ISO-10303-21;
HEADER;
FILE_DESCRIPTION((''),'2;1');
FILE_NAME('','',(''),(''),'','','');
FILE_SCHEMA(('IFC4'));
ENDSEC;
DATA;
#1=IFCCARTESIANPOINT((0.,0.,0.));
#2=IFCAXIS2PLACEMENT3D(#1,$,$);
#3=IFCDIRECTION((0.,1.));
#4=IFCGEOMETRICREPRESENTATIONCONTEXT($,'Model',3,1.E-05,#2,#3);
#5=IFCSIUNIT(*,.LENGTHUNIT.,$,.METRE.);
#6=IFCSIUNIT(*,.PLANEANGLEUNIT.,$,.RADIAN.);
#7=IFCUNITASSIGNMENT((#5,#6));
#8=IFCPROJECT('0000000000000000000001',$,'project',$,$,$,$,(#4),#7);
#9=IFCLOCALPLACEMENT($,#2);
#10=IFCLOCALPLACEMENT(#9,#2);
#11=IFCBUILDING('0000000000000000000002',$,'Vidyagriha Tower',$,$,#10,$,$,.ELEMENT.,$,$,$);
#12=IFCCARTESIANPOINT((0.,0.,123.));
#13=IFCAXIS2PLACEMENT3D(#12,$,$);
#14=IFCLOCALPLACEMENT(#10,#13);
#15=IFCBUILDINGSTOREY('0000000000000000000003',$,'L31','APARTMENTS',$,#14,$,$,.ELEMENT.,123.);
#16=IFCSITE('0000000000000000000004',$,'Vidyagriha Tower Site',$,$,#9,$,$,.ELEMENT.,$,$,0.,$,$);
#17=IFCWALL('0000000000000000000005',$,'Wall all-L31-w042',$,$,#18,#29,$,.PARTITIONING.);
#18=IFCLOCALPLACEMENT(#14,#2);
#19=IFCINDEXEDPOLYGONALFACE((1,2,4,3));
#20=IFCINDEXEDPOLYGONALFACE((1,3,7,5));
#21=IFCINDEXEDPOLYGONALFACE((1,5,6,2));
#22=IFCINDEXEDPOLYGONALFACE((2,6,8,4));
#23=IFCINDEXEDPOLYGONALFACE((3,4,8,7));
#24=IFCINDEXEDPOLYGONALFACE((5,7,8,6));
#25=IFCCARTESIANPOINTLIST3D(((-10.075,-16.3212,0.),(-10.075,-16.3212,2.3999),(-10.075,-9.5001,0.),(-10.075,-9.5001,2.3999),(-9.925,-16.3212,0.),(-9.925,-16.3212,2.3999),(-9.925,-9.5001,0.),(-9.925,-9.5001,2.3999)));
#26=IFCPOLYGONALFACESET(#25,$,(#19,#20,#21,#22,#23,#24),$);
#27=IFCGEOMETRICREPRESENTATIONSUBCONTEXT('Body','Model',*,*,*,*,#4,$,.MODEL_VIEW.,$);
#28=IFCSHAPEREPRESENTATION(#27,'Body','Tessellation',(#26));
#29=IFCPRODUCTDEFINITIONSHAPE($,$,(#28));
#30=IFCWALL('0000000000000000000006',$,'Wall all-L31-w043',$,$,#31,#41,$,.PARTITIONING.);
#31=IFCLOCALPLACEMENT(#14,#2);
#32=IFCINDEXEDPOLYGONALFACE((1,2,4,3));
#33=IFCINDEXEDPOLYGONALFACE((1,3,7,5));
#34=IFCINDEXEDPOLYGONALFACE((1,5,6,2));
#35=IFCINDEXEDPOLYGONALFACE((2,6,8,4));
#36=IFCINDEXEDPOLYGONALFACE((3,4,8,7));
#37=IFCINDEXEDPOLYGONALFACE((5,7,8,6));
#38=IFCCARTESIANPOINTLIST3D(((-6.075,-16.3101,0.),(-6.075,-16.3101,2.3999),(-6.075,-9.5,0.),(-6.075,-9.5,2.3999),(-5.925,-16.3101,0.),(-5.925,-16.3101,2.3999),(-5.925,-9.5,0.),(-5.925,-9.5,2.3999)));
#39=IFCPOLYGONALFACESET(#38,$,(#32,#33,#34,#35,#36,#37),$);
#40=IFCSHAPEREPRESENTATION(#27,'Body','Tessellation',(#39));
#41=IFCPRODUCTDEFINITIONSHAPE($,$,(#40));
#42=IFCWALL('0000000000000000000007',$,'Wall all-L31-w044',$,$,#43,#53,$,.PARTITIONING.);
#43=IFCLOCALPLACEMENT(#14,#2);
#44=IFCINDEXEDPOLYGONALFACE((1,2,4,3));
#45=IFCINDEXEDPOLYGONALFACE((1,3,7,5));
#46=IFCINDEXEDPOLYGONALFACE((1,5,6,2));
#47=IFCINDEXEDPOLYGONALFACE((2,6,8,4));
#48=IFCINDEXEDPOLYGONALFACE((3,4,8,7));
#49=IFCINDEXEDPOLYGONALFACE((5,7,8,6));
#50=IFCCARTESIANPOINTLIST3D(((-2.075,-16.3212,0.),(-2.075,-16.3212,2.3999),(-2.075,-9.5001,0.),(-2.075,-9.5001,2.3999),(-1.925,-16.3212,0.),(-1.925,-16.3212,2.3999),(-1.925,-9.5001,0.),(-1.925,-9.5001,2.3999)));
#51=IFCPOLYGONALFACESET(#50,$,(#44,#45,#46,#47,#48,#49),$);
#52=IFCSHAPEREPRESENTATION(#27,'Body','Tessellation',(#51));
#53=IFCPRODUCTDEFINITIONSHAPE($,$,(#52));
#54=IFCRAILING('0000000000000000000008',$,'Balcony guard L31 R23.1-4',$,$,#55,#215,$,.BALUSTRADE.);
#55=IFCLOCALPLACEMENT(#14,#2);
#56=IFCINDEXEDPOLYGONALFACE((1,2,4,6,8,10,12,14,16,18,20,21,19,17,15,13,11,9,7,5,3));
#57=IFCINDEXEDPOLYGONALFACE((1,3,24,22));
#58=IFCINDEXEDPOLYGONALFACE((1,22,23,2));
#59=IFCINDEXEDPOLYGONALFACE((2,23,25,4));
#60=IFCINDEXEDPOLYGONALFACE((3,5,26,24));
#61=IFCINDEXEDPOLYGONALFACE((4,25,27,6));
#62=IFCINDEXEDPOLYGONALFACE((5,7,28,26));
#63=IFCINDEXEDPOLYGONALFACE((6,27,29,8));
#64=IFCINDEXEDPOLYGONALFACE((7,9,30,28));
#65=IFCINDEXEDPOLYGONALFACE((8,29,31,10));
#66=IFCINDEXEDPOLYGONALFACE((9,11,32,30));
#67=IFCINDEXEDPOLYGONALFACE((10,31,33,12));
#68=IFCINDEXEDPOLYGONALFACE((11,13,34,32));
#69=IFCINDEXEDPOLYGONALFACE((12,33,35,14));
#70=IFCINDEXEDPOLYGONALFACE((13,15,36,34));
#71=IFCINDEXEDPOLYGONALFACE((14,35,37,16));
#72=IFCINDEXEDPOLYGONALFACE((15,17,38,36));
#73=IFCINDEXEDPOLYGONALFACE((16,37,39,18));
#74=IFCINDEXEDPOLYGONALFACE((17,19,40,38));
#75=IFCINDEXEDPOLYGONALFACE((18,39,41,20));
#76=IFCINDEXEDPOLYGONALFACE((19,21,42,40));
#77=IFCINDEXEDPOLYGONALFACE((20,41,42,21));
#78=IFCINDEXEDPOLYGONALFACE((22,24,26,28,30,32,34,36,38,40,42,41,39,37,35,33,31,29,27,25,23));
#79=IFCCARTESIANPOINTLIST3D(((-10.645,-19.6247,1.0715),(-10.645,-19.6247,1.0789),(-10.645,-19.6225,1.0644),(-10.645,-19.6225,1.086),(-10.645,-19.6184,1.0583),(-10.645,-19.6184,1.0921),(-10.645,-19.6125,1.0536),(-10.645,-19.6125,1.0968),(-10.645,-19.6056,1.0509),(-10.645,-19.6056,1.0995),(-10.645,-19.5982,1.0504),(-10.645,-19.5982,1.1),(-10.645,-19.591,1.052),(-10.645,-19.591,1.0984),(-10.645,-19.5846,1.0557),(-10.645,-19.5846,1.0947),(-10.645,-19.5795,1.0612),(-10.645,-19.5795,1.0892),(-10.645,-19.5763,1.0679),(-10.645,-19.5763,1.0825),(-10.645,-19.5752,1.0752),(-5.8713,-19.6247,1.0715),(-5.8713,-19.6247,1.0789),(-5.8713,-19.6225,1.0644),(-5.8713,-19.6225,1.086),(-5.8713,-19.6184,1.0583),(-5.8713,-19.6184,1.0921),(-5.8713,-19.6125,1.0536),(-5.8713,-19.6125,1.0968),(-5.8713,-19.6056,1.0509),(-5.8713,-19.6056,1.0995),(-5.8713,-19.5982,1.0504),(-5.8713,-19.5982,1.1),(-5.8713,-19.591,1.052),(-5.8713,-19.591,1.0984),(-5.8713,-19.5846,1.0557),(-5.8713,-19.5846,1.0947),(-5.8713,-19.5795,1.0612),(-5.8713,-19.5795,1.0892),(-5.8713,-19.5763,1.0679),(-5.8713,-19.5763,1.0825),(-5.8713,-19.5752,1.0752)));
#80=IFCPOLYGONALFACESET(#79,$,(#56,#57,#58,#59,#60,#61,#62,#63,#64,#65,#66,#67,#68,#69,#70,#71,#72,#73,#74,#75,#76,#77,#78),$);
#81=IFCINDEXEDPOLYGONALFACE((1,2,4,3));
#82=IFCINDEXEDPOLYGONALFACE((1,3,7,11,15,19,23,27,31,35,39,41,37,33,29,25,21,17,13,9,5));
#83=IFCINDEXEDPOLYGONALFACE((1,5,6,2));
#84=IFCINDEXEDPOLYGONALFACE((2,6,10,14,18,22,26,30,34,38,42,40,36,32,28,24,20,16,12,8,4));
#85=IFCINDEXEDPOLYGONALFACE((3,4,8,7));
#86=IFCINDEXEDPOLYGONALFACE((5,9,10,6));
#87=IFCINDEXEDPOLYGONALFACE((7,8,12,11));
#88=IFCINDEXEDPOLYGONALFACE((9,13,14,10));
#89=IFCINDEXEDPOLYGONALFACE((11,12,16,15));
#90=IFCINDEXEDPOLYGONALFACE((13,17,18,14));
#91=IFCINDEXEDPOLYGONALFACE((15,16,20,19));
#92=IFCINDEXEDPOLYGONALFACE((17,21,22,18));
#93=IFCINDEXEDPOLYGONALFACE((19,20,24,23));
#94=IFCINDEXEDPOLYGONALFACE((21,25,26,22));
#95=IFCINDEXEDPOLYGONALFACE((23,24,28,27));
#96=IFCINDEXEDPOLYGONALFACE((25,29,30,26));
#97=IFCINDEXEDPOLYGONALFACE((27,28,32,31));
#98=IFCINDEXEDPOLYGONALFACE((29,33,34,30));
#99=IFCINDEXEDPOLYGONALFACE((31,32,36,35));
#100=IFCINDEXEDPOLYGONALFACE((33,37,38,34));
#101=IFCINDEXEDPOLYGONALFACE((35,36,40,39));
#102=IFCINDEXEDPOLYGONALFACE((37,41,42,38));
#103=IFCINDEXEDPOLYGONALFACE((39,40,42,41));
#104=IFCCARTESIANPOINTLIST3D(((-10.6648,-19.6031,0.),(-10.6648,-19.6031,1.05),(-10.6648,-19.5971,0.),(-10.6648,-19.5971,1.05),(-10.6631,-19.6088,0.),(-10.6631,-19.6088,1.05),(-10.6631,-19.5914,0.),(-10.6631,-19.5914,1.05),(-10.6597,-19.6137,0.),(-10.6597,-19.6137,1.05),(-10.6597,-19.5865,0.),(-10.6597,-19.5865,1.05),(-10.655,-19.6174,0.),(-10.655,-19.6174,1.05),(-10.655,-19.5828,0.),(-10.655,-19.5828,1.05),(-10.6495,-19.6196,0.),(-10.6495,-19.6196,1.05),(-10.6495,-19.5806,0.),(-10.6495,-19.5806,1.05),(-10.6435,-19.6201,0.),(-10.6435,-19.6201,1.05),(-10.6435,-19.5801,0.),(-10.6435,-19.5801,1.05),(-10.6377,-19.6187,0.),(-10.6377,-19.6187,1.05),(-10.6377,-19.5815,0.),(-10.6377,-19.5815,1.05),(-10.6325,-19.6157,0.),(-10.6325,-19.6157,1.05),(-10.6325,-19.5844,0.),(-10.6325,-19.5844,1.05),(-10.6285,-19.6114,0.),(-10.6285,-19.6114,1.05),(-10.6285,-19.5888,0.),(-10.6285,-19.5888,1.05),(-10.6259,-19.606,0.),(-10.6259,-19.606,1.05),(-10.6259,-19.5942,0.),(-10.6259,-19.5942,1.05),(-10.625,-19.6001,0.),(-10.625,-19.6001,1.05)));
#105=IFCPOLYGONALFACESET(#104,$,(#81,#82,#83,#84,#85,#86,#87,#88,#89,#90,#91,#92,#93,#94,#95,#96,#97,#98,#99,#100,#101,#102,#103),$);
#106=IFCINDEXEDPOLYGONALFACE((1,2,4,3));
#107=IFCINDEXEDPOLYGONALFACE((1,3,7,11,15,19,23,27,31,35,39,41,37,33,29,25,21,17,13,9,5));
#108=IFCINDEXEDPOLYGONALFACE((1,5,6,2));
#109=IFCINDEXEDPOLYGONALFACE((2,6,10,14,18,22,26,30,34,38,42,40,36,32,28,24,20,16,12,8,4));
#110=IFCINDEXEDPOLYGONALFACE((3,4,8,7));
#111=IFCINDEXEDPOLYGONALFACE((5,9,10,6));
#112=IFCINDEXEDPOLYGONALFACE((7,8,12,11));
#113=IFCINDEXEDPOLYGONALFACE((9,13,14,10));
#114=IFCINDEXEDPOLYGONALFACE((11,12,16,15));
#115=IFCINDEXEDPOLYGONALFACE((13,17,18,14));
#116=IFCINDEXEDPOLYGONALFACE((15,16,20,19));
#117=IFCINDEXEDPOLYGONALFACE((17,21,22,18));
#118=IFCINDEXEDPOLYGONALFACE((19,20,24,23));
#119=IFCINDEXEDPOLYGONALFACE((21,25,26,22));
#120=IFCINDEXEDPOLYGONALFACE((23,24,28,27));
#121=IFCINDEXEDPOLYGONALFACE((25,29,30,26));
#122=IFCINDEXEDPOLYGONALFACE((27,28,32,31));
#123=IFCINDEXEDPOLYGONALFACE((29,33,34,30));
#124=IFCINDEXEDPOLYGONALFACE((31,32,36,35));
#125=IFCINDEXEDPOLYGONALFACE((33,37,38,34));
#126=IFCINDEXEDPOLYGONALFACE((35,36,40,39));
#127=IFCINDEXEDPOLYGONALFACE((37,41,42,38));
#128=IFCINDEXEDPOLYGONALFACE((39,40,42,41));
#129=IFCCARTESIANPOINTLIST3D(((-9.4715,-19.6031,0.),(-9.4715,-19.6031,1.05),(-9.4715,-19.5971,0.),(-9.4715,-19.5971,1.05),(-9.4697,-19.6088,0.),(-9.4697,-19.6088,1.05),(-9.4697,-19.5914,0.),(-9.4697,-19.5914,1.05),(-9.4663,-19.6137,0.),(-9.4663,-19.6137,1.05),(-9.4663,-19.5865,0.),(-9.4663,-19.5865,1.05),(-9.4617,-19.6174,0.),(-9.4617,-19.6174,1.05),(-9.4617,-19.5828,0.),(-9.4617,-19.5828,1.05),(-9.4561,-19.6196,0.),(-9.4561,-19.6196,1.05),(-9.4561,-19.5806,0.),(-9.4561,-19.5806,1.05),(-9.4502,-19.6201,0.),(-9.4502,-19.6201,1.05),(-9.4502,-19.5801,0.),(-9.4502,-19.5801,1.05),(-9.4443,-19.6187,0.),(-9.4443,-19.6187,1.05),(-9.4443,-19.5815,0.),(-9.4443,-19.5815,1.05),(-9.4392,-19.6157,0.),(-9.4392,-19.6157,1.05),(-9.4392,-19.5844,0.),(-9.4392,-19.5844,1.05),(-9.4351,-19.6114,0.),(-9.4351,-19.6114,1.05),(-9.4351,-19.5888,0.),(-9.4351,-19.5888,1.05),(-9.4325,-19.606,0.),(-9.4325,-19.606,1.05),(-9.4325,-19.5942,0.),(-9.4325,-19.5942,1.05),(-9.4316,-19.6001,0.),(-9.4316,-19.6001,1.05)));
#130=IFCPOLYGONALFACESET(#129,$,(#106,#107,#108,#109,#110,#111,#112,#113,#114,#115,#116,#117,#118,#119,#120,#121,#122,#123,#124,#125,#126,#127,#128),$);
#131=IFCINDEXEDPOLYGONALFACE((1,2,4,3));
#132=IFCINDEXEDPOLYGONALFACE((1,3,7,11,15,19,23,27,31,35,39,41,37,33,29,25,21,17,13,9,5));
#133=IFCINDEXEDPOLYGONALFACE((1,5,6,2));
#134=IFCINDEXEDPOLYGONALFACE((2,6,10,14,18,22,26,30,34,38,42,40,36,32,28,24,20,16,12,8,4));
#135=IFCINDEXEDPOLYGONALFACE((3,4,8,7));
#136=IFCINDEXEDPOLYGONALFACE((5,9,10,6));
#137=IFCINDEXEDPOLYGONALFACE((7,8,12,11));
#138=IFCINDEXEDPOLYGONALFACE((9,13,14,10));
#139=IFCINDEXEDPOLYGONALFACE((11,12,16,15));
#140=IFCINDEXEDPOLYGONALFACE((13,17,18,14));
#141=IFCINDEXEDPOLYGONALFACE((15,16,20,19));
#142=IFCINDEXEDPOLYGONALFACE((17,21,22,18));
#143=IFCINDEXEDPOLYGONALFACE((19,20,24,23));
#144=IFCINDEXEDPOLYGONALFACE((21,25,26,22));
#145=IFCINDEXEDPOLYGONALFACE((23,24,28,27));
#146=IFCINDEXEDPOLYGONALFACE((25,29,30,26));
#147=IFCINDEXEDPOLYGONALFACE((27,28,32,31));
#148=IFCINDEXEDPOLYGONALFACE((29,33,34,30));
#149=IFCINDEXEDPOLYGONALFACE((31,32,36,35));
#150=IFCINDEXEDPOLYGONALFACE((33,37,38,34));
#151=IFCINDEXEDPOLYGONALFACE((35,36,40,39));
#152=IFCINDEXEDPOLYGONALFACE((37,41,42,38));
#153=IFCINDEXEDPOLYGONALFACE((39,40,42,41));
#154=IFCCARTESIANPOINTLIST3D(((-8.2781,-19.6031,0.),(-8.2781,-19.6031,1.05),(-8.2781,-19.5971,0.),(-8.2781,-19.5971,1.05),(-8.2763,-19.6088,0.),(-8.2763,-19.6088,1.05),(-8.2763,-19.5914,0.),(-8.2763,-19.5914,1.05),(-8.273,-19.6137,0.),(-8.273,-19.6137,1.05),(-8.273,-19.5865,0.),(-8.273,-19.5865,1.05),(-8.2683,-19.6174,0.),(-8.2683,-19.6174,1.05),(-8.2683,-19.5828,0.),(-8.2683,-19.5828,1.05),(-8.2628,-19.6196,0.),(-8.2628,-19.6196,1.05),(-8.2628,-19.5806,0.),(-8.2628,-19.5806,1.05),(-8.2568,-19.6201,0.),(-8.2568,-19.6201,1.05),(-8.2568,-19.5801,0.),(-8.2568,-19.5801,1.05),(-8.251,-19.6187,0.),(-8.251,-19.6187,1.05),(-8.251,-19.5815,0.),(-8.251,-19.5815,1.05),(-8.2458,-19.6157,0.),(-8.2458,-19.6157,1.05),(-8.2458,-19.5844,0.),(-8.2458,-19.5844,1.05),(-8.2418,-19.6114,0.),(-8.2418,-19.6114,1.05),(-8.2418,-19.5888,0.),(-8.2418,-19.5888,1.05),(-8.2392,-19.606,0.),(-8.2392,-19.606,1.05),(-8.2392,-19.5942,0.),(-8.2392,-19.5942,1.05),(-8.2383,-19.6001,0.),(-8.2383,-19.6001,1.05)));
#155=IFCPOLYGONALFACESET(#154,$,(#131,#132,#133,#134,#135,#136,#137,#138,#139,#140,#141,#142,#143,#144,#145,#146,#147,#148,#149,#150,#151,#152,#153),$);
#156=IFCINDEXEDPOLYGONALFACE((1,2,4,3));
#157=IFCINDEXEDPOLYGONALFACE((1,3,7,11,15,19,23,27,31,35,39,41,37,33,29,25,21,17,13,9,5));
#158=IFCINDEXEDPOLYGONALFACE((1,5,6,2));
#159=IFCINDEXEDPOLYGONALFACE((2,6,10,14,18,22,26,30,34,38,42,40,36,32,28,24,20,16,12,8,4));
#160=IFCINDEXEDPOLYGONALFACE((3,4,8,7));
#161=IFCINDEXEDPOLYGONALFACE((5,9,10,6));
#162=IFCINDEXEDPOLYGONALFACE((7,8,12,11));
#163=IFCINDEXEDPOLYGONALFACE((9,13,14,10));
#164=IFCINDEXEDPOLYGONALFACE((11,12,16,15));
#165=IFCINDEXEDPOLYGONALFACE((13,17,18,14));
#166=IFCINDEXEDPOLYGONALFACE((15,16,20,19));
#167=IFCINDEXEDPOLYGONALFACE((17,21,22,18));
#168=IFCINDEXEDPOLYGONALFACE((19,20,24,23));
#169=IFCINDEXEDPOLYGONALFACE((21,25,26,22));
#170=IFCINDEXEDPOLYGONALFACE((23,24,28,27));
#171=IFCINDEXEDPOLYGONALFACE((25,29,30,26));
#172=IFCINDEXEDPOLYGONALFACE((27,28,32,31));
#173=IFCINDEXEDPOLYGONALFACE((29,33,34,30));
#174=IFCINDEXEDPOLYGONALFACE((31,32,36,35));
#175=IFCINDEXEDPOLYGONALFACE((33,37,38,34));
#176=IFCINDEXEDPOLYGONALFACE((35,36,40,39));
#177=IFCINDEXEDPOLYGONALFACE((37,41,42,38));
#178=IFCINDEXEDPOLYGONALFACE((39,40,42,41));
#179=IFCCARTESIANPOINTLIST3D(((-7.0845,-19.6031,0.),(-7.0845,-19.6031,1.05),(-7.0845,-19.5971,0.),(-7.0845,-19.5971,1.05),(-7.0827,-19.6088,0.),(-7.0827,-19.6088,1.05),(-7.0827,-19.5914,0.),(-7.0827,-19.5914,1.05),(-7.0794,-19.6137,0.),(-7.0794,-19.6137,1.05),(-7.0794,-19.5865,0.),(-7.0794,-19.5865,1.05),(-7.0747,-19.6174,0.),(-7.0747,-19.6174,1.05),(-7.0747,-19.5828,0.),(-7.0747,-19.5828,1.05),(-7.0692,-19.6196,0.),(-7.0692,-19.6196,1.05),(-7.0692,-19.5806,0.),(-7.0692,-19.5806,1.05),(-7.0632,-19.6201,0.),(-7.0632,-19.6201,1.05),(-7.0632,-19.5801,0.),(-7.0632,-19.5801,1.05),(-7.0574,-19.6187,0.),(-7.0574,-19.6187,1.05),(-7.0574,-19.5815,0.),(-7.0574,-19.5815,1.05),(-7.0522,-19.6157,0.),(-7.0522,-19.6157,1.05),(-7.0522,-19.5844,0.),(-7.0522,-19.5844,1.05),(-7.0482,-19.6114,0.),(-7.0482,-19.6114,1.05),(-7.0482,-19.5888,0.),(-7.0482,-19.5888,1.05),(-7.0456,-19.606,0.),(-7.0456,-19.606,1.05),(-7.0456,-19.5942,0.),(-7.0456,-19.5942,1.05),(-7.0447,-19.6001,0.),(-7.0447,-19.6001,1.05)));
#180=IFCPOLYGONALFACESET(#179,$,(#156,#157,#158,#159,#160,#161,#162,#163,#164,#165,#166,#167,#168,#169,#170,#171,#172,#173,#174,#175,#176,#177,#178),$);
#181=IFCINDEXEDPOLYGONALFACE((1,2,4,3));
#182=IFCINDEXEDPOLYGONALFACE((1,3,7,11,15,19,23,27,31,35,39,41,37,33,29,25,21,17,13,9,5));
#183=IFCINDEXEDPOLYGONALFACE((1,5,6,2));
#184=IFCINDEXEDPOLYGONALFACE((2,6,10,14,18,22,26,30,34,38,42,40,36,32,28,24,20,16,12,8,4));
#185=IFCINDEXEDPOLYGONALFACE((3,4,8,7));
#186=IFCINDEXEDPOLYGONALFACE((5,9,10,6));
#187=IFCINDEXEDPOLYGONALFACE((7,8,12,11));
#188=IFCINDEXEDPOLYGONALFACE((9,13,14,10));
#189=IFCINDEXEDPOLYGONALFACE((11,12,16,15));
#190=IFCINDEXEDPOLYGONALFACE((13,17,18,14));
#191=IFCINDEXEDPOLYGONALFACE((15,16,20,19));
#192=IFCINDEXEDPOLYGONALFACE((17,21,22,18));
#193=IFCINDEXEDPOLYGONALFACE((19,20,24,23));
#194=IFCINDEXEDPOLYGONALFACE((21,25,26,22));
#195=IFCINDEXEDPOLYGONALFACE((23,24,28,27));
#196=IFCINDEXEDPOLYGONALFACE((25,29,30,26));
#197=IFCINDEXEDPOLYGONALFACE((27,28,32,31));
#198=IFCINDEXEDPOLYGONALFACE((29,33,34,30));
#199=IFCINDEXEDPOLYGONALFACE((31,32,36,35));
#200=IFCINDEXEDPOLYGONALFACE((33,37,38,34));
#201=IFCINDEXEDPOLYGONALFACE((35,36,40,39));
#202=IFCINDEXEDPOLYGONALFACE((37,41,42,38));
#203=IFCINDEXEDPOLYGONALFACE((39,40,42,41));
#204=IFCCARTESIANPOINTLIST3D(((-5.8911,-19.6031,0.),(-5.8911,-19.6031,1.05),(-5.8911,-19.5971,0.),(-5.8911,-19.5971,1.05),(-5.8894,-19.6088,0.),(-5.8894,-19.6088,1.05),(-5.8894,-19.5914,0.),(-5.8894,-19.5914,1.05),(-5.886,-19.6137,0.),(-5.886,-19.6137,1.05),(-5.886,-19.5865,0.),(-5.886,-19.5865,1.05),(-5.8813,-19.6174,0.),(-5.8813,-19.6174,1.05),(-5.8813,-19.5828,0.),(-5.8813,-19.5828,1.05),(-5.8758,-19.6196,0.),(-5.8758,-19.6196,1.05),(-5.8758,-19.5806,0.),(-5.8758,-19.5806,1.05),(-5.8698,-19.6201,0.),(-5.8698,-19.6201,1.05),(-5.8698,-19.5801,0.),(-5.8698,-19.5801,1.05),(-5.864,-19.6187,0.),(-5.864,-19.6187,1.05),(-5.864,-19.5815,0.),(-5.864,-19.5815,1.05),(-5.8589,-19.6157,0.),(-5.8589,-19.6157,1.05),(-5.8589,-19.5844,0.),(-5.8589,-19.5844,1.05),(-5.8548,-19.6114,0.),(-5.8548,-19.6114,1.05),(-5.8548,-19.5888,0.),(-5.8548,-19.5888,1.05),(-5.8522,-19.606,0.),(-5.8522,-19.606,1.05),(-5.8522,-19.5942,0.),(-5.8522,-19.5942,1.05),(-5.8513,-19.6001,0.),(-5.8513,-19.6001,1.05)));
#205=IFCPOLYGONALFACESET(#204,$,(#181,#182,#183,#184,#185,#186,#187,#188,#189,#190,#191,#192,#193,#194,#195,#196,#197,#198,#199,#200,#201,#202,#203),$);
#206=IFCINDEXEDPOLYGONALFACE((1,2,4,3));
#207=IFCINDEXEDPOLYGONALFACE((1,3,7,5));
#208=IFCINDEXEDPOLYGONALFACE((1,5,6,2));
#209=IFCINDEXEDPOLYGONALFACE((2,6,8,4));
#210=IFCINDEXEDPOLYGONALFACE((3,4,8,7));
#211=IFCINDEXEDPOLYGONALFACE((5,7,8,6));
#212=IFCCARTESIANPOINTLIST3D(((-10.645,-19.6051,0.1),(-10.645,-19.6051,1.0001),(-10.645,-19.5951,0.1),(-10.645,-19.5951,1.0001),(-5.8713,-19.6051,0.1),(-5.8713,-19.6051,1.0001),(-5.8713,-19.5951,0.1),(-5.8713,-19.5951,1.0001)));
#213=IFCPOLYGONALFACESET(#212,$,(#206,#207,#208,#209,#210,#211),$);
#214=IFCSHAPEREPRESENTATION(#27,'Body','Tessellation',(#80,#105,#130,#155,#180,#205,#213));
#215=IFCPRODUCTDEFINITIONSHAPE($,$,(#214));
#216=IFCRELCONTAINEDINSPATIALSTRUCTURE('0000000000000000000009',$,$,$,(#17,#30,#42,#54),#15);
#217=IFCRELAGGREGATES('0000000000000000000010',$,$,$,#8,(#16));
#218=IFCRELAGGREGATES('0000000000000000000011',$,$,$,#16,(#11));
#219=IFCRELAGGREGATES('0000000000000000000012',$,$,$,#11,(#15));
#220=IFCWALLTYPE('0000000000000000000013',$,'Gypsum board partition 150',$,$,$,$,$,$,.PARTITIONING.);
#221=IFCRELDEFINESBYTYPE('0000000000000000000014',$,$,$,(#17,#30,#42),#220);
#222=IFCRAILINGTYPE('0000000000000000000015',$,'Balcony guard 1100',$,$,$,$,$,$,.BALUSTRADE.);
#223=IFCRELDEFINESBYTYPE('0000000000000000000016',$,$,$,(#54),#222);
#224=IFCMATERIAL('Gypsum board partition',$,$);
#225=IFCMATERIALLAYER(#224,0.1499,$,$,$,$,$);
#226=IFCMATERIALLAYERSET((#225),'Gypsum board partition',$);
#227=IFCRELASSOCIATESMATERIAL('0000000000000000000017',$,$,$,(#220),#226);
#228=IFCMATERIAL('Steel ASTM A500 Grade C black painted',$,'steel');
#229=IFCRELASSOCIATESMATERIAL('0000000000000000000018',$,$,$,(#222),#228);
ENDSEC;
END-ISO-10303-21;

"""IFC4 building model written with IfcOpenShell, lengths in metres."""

from ifc_helpers import new_model, si_unit, direction, frame, frame_2d, origin, origin_2d, place, context, subcontext, project, spatial, rectangle, circle, extrude, material, layer, layer_set, type_object, element, save


model = new_model("IFC4")

# Units and contexts
model_context = context("Model", 3, precision=1e-05, world=origin(), true_north=direction((0.0, 1.0)))
body_context = subcontext(model_context, "Body", "Model", "MODEL_VIEW")
ifc_project = project(units=[si_unit("LENGTHUNIT", "METRE"), si_unit("PLANEANGLEUNIT", "RADIAN")], contexts=[model_context])

# Site, building, storey
site_placement = place(None, origin())
site = spatial("IfcSite", under=ifc_project, at=site_placement, Name="Vidyagriha Tower Site", CompositionType="ELEMENT", RefElevation=0.0)
building_placement = place(site_placement, origin())
building = spatial("IfcBuilding", under=site, at=building_placement, Name="Vidyagriha Tower", CompositionType="ELEMENT")
storey_placement = place(building_placement, frame((0.0, 0.0, 123.0)))
storey = spatial("IfcBuildingStorey", under=building, at=storey_placement, Name="L31", Description="APARTMENTS", CompositionType="ELEMENT", Elevation=123.0)

# Walls
ifc_material_1 = material(Name="Gypsum board partition")
ifc_layer_1 = layer(ifc_material_1, 0.1499)
ifc_layer_set_1 = layer_set([ifc_layer_1], Name="Gypsum board partition")
wall_type_1 = type_object("IfcWallType", Name="Gypsum board partition 150", PredefinedType="PARTITIONING", material=ifc_layer_set_1)
wall_1_placement = place(storey_placement, frame((-10.0, -9.5, 0.0), z_axis=(0.0, 0.0, 1.0), x_axis=(0.0, -1.0, 0.0)))
element("IfcWall", 1, at=wall_1_placement, inside=storey, type_object=wall_type_1, Name="Wall all-L31-w042", PredefinedType="PARTITIONING", context=body_context, shape_type="SweptSolid", body=[
    extrude(rectangle(XDim=6.821, YDim=0.1499, at=frame_2d((3.4106, 0.0))), origin(), (0.0, 0.0, 1.0), 2.3999),
])
wall_2_placement = place(storey_placement, frame((-6.0, -9.5, 0.0), z_axis=(0.0, 0.0, 1.0), x_axis=(0.0, -1.0, 0.0)))
element("IfcWall", 2, at=wall_2_placement, inside=storey, type_object=wall_type_1, Name="Wall all-L31-w043", PredefinedType="PARTITIONING", context=body_context, shape_type="SweptSolid", body=[
    extrude(rectangle(XDim=6.8101, YDim=0.1499, at=frame_2d((3.405, 0.0))), origin(), (0.0, 0.0, 1.0), 2.3999),
])
wall_3_placement = place(storey_placement, frame((-2.0, -9.5, 0.0), z_axis=(0.0, 0.0, 1.0), x_axis=(0.0, -1.0, 0.0)))
element("IfcWall", 3, at=wall_3_placement, inside=storey, type_object=wall_type_1, Name="Wall all-L31-w044", PredefinedType="PARTITIONING", context=body_context, shape_type="SweptSolid", body=[
    extrude(rectangle(XDim=6.821, YDim=0.1499, at=frame_2d((3.4106, 0.0))), origin(), (0.0, 0.0, 1.0), 2.3999),
])

# Railing
ifc_material_2 = material(Name="Steel ASTM A500 Grade C black painted", Category="steel")
railing_type = type_object("IfcRailingType", Name="Balcony guard 1100", PredefinedType="BALUSTRADE", material=ifc_material_2)
railing_1_placement = place(storey_placement, frame((-10.645, -19.6001, 0.0)))
element("IfcRailing", 4, at=railing_1_placement, inside=storey, type_object=railing_type, Name="Balcony guard L31 R23.1-4", PredefinedType="BALUSTRADE", context=body_context, shape_type="SweptSolid", body=[
    extrude(circle(Radius=0.0249, at=origin_2d()), frame((0.0, 0.0, 1.0752), z_axis=(1.0, 0.0, 0.0), x_axis=(0.0, 1.0, 0.0)), (0.0, 0.0, 1.0), 4.7737),
    extrude(circle(Radius=0.02, at=origin_2d()), origin(), (0.0, 0.0, 1.0), 1.05),
    extrude(circle(Radius=0.02, at=origin_2d()), frame((1.1934, 0.0, 0.0)), (0.0, 0.0, 1.0), 1.05),
    extrude(circle(Radius=0.02, at=origin_2d()), frame((2.3867, 0.0, 0.0)), (0.0, 0.0, 1.0), 1.05),
    extrude(circle(Radius=0.02, at=origin_2d()), frame((3.5803, 0.0, 0.0)), (0.0, 0.0, 1.0), 1.05),
    extrude(circle(Radius=0.02, at=origin_2d()), frame((4.7737, 0.0, 0.0)), (0.0, 0.0, 1.0), 1.05),
    extrude(rectangle(XDim=0.01, YDim=0.9001, at=origin_2d()), frame((0.0, 0.0, 0.55), z_axis=(1.0, 0.0, 0.0), x_axis=(0.0, 1.0, 0.0)), (0.0, 0.0, 1.0), 4.7737),
])

save(model, "model.ifc")
